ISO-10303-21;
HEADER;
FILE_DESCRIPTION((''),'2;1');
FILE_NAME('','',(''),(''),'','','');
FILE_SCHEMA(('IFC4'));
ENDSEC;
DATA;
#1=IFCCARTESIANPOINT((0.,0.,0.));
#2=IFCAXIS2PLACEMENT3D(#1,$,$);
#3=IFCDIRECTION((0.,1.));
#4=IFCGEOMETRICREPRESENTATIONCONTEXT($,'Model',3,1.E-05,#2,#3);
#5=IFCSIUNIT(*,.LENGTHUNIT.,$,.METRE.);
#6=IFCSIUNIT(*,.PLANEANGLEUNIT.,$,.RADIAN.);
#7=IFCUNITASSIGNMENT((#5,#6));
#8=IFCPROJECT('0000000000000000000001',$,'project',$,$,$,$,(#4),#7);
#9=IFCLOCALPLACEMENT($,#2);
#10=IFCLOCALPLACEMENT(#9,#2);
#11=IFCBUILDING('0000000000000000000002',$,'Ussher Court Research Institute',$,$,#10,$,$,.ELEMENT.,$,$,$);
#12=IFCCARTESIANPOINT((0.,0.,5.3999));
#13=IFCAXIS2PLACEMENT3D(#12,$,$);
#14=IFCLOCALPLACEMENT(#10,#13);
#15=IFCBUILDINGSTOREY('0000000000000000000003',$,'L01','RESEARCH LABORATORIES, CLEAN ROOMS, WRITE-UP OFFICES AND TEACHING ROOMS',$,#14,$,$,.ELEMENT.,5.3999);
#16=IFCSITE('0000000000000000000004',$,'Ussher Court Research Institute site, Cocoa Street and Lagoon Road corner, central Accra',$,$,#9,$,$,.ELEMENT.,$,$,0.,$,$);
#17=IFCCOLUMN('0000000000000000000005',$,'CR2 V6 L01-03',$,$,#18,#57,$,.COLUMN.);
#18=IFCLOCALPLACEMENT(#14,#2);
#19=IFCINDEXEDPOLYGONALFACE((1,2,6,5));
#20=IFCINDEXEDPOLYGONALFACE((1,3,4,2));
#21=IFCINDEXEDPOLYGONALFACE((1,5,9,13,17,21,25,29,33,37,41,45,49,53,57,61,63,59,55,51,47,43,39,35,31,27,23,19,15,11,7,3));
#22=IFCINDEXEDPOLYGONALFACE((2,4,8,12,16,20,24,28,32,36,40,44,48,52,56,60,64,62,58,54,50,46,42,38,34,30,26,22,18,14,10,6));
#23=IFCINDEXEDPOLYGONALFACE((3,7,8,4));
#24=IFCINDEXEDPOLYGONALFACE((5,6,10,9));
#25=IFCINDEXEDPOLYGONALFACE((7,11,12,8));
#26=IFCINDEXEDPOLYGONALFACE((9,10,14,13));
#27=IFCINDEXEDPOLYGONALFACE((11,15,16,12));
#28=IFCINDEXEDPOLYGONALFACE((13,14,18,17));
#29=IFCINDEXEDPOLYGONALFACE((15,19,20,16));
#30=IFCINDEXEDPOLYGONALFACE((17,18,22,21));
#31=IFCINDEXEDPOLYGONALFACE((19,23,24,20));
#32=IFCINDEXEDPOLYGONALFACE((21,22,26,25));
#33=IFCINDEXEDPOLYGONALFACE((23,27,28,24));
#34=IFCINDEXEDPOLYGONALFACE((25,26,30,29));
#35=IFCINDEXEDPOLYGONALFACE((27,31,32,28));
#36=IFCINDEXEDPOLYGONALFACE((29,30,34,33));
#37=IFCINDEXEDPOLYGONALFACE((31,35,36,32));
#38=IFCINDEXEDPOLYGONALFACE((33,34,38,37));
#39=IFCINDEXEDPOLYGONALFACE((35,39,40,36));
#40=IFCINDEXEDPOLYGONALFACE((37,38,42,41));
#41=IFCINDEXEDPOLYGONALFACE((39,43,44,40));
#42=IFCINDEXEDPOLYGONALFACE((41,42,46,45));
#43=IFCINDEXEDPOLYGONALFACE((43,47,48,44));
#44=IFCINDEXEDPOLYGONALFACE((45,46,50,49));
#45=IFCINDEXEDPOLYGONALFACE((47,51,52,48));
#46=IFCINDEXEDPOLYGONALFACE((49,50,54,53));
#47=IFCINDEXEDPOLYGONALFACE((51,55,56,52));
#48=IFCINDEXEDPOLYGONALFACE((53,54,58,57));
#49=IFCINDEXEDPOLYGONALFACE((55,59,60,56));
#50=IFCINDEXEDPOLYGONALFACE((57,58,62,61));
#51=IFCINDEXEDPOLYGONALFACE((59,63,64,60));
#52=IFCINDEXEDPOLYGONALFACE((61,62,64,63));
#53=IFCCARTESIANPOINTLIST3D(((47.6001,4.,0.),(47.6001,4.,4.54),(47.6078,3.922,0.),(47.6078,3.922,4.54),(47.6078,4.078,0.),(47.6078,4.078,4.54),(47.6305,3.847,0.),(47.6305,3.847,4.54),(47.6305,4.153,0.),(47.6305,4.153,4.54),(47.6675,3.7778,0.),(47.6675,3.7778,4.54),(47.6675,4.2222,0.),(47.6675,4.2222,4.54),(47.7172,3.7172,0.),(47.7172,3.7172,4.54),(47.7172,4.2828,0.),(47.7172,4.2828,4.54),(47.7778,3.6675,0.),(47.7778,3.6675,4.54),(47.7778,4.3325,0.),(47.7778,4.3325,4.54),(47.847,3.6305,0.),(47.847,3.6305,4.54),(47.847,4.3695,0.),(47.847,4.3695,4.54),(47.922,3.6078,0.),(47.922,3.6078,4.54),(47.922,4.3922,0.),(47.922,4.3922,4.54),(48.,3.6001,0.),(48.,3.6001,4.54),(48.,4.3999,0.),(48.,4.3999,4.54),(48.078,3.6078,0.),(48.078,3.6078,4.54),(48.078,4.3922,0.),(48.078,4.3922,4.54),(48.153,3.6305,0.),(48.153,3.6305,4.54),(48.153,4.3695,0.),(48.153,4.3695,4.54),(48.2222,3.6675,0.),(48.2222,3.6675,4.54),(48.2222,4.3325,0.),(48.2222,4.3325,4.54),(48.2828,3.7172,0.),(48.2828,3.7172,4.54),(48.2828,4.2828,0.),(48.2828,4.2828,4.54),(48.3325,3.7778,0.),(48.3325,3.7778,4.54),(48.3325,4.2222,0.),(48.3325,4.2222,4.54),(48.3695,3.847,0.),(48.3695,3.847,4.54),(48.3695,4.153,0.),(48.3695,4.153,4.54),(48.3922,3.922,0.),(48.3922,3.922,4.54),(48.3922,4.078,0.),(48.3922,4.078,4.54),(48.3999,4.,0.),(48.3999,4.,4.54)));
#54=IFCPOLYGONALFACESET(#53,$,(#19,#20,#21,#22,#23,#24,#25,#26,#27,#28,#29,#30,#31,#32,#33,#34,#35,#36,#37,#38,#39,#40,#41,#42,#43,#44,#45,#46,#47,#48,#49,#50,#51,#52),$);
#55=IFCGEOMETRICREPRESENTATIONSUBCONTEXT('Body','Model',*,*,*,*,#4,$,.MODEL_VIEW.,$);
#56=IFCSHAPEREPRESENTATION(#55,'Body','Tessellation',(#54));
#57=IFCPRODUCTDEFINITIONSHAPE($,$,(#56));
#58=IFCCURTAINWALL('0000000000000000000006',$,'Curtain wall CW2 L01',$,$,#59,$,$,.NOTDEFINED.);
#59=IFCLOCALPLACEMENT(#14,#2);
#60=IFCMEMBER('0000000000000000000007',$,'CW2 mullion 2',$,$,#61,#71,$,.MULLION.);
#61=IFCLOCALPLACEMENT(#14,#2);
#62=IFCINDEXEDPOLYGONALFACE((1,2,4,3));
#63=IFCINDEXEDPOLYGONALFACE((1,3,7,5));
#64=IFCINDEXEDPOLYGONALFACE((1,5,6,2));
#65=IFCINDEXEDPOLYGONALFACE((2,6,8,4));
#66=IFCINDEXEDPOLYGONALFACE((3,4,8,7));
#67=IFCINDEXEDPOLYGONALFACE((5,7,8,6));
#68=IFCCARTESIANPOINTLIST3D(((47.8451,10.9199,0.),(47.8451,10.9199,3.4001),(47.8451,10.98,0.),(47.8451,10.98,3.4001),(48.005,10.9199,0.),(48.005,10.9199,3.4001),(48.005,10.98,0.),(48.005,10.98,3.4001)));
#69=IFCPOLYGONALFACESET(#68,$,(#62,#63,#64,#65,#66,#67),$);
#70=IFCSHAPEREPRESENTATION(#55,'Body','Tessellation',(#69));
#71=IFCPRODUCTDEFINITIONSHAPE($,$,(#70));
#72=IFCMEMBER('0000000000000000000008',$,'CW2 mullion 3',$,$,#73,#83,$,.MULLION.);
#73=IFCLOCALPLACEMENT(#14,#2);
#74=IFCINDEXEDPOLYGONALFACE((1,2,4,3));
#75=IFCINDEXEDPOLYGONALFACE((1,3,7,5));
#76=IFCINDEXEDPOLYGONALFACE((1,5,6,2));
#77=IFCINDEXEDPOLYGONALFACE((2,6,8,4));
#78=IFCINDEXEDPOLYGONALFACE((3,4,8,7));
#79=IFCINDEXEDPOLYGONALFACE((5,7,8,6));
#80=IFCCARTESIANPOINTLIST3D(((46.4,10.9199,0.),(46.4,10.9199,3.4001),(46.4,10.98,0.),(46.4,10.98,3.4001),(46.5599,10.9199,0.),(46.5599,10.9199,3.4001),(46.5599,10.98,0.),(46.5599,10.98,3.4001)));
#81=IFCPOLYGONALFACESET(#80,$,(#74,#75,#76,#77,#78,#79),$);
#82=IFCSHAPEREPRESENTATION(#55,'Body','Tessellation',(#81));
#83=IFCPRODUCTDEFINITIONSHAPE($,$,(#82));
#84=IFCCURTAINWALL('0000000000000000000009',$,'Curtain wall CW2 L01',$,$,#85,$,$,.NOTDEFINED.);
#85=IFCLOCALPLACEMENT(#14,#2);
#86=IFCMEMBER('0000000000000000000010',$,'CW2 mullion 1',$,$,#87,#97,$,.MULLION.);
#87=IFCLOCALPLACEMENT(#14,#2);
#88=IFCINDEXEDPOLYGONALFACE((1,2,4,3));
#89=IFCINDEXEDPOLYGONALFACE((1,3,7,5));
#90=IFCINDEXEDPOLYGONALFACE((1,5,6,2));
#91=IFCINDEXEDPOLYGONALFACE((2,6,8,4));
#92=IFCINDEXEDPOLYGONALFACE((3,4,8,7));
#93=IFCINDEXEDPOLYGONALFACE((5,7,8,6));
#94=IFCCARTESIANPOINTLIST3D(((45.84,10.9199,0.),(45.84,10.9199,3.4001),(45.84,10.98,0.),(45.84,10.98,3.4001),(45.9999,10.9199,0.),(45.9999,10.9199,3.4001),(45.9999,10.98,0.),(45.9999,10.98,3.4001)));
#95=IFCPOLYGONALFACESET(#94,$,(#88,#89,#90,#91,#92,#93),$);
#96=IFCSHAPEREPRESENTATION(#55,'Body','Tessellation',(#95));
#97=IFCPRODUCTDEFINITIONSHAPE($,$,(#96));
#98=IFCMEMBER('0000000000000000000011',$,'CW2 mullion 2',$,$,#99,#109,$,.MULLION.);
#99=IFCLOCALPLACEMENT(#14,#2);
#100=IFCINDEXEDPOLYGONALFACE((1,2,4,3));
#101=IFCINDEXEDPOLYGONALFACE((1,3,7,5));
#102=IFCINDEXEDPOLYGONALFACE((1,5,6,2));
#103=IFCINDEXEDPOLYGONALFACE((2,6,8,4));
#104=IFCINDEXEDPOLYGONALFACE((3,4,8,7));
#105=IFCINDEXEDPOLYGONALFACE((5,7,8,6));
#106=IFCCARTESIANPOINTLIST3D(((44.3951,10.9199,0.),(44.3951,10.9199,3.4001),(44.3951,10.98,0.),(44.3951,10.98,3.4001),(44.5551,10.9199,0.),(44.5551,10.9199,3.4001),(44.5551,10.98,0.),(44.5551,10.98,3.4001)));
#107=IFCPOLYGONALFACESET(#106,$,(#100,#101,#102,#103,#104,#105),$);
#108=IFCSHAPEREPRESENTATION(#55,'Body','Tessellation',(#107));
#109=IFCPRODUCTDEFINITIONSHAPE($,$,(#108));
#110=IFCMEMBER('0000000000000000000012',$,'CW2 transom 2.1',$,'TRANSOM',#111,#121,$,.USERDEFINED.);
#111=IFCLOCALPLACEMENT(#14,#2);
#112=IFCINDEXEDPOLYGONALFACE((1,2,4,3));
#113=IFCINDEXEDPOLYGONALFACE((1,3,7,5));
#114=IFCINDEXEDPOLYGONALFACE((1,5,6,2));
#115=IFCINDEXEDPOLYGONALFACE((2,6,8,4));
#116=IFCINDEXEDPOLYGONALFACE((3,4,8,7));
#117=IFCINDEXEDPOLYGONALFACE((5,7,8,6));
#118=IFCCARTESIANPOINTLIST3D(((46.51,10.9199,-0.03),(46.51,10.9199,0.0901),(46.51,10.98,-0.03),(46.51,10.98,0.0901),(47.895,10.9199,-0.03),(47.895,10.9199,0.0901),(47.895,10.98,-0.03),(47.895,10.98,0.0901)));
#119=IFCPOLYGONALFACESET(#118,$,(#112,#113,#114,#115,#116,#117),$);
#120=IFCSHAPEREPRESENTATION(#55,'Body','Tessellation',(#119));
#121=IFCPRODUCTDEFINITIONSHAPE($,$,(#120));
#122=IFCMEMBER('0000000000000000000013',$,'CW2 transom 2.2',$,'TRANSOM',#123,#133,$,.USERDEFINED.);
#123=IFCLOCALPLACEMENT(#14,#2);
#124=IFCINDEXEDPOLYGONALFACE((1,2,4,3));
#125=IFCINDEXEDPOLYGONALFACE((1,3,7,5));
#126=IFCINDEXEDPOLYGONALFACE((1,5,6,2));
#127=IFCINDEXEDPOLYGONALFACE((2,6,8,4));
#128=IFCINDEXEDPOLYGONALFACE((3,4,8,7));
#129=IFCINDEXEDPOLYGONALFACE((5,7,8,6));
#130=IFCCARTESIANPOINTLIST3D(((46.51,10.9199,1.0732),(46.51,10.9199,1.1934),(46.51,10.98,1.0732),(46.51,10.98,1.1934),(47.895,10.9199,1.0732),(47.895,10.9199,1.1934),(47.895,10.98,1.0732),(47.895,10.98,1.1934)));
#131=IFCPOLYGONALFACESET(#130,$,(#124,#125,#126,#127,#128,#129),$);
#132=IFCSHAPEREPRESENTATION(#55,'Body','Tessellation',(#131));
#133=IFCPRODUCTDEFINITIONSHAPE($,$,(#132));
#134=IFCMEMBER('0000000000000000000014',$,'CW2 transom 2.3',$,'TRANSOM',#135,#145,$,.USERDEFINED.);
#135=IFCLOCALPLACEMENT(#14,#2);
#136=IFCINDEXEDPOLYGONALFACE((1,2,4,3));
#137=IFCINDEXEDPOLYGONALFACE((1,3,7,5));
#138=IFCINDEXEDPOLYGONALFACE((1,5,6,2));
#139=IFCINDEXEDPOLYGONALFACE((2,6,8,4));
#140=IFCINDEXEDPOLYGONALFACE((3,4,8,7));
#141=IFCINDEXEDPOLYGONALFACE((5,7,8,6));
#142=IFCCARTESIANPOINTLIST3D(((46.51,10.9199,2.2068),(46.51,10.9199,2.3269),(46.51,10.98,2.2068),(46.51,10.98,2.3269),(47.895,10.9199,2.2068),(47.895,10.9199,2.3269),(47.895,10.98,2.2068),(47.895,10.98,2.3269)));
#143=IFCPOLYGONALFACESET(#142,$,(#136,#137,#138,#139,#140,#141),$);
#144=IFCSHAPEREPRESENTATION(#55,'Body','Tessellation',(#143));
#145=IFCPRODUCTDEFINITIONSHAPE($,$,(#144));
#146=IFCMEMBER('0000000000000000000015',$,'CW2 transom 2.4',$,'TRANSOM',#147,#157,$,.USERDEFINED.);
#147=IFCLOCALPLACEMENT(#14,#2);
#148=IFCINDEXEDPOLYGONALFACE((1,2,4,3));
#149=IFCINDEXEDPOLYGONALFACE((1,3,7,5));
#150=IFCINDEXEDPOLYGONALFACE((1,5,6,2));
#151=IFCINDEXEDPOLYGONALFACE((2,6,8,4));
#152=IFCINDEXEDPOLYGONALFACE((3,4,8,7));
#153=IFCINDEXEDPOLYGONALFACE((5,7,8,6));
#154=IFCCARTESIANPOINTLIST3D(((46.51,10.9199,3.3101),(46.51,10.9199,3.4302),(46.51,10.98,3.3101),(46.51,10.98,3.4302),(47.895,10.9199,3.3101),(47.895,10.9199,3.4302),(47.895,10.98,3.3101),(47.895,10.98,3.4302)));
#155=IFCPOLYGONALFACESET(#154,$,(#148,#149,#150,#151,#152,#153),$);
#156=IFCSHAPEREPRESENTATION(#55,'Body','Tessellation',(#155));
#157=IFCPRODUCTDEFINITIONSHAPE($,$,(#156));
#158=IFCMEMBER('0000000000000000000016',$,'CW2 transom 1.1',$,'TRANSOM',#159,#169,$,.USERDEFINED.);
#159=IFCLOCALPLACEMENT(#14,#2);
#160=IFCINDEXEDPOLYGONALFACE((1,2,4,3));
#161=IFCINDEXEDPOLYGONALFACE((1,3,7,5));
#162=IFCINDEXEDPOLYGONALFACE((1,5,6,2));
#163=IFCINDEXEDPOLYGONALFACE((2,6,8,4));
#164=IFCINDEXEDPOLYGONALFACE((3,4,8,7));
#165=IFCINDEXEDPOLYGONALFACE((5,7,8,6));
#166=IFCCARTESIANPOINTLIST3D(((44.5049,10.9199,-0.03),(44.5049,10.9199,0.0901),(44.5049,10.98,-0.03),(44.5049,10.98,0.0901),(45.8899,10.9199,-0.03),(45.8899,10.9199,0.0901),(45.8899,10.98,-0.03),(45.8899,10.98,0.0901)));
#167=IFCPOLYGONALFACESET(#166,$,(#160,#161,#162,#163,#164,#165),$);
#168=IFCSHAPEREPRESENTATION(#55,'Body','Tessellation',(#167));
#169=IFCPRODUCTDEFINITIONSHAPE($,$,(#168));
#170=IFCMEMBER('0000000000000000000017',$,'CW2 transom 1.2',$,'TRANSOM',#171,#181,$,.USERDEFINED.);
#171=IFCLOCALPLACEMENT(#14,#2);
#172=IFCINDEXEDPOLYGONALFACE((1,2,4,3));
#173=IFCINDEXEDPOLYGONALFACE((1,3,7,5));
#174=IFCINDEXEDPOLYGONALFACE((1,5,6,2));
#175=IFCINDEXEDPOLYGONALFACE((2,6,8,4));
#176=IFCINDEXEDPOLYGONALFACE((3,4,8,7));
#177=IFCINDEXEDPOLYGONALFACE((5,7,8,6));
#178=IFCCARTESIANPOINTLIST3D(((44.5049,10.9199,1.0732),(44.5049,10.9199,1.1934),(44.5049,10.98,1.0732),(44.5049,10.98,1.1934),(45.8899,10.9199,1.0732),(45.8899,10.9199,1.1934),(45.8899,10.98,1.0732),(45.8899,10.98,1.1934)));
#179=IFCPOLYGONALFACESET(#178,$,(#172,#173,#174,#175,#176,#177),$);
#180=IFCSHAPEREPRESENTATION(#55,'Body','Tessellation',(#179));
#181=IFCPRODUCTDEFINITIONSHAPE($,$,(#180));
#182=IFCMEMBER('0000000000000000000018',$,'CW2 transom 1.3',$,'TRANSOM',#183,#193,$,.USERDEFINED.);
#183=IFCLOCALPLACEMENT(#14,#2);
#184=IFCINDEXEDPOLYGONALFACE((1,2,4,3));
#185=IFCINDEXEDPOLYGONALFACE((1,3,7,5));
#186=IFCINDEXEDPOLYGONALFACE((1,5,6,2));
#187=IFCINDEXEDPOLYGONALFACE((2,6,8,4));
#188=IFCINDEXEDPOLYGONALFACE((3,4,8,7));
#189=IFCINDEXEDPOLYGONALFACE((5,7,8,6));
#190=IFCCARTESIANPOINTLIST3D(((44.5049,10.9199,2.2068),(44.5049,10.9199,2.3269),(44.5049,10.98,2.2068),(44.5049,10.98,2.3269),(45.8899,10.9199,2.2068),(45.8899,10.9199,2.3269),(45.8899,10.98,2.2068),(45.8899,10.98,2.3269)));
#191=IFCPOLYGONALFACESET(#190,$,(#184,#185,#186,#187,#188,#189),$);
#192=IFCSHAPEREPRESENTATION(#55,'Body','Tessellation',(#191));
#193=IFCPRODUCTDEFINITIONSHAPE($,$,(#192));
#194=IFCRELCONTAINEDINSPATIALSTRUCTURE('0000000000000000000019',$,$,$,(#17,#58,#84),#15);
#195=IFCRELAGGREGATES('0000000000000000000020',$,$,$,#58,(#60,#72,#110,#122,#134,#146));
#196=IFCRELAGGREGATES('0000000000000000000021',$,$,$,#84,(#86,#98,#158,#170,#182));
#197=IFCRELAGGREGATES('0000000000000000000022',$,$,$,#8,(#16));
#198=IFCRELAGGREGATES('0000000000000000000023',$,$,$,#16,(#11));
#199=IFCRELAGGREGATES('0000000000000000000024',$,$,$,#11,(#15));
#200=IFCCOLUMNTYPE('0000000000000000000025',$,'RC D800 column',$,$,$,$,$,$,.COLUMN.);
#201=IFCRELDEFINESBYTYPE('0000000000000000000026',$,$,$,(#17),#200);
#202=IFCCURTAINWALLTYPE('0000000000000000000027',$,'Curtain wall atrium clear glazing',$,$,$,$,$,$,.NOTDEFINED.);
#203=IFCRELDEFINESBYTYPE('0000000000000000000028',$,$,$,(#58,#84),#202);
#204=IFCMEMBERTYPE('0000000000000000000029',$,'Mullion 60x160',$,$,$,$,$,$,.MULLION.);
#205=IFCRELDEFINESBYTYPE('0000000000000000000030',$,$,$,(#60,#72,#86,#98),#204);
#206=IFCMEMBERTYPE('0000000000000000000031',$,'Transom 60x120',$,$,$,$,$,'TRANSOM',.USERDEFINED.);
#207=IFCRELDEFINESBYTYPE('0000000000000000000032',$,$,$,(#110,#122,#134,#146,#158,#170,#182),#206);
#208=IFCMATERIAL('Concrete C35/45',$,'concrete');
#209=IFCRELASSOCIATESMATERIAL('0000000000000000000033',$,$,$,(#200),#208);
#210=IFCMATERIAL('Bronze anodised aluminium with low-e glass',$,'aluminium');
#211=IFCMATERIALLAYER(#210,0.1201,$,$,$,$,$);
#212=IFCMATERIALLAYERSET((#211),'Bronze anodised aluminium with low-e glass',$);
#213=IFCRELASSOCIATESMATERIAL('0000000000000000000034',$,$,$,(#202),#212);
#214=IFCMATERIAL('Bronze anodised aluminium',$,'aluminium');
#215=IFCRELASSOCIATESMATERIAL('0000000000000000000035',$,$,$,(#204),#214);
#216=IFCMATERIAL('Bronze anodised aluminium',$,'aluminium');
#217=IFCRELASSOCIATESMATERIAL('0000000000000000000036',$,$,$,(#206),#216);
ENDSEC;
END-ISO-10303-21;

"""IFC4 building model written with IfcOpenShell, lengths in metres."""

from ifc_helpers import new_model, si_unit, direction, frame, origin, origin_2d, place, context, subcontext, project, spatial, rectangle, circle, extrude, material, layer, layer_set, material_profile, profile_set, type_object, element, aggregate, save


model = new_model("IFC4")

# Units and contexts
model_context = context("Model", 3, precision=1e-05, world=origin(), true_north=direction((0.0, 1.0)))
body_context = subcontext(model_context, "Body", "Model", "MODEL_VIEW")
ifc_project = project(units=[si_unit("LENGTHUNIT", "METRE"), si_unit("PLANEANGLEUNIT", "RADIAN")], contexts=[model_context])

# Site, building, storey
site_placement = place(None, origin())
site = spatial("IfcSite", under=ifc_project, at=site_placement, Name="Ussher Court Research Institute site, Cocoa Street and Lagoon Road corner, central Accra", CompositionType="ELEMENT", RefElevation=0.0)
building_placement = place(site_placement, origin())
building = spatial("IfcBuilding", under=site, at=building_placement, Name="Ussher Court Research Institute", CompositionType="ELEMENT")
storey_placement = place(building_placement, frame((0.0, 0.0, 5.3999)))
storey = spatial("IfcBuildingStorey", under=building, at=storey_placement, Name="L01", Description="RESEARCH LABORATORIES, CLEAN ROOMS, WRITE-UP OFFICES AND TEACHING ROOMS", CompositionType="ELEMENT", Elevation=5.3999)

# Column
ifc_material_1 = material(Name="Concrete C35/45", Category="concrete")
ifc_material_profile_1 = material_profile(ifc_material_1, circle(Radius=0.3999, at=origin_2d()), Name="RC D800")
ifc_profile_set_1 = profile_set([ifc_material_profile_1], Name="Concrete C35/45")
column_type = type_object("IfcColumnType", Name="RC D800 column", PredefinedType="COLUMN", material=ifc_profile_set_1)
column_placement = place(storey_placement, frame((48.0, 4.0, 0.0), z_axis=(0.0, 0.0, 1.0), x_axis=(1.0, 0.0, 0.0)))
element("IfcColumn", 1, at=column_placement, inside=storey, type_object=column_type, Name="CR2 V6 L01-03", PredefinedType="COLUMN", context=body_context, shape_type="SweptSolid", body=[
    extrude(circle(Radius=0.3999, at=origin_2d()), origin(), (0.0, 0.0, 1.0), 4.54),
])

# Curtain walls, members
ifc_material_2 = material(Name="Bronze anodised aluminium with low-e glass", Category="aluminium")
ifc_layer_1 = layer(ifc_material_2, 0.1201)
ifc_layer_set_1 = layer_set([ifc_layer_1], Name="Bronze anodised aluminium with low-e glass")
curtain_wall_type = type_object("IfcCurtainWallType", Name="Curtain wall atrium clear glazing", PredefinedType="NOTDEFINED", material=ifc_layer_set_1)
curtain_wall_1_placement = place(storey_placement, origin())
curtain_wall_1 = element("IfcCurtainWall", 2, at=curtain_wall_1_placement, inside=storey, type_object=curtain_wall_type, Name="Curtain wall CW2 L01", PredefinedType="NOTDEFINED")
ifc_material_3 = material(Name="Bronze anodised aluminium", Category="aluminium")
ifc_material_profile_2 = material_profile(ifc_material_3, rectangle(XDim=0.0601, YDim=0.1599, at=origin_2d()), Name="Mullion 60x160")
ifc_profile_set_2 = profile_set([ifc_material_profile_2], Name="Bronze anodised aluminium")
member_type_1 = type_object("IfcMemberType", Name="Mullion 60x160", PredefinedType="MULLION", material=ifc_profile_set_2)
member_1_placement = place(storey_placement, frame((47.925, 10.95, 0.0), z_axis=(0.0, 0.0, 1.0), x_axis=(0.0, -1.0, 0.0)))
member_1 = element("IfcMember", 3, at=member_1_placement, type_object=member_type_1, Name="CW2 mullion 2", PredefinedType="MULLION", context=body_context, shape_type="SweptSolid", body=[
    extrude(rectangle(XDim=0.0601, YDim=0.1599, at=origin_2d()), origin(), (0.0, 0.0, 1.0), 3.4001),
])
member_2_placement = place(storey_placement, frame((46.48, 10.95, 0.0), z_axis=(0.0, 0.0, 1.0), x_axis=(0.0, -1.0, 0.0)))
member_2 = element("IfcMember", 4, at=member_2_placement, type_object=member_type_1, Name="CW2 mullion 3", PredefinedType="MULLION", context=body_context, shape_type="SweptSolid", body=[
    extrude(rectangle(XDim=0.0601, YDim=0.1599, at=origin_2d()), origin(), (0.0, 0.0, 1.0), 3.4001),
])
curtain_wall_2_placement = place(storey_placement, origin())
curtain_wall_2 = element("IfcCurtainWall", 5, at=curtain_wall_2_placement, inside=storey, type_object=curtain_wall_type, Name="Curtain wall CW2 L01", PredefinedType="NOTDEFINED")
member_3_placement = place(storey_placement, frame((45.9199, 10.95, 0.0), z_axis=(0.0, 0.0, 1.0), x_axis=(0.0, -1.0, 0.0)))
member_3 = element("IfcMember", 6, at=member_3_placement, type_object=member_type_1, Name="CW2 mullion 1", PredefinedType="MULLION", context=body_context, shape_type="SweptSolid", body=[
    extrude(rectangle(XDim=0.0601, YDim=0.1599, at=origin_2d()), origin(), (0.0, 0.0, 1.0), 3.4001),
])
member_4_placement = place(storey_placement, frame((44.4751, 10.95, 0.0), z_axis=(0.0, 0.0, 1.0), x_axis=(0.0, -1.0, 0.0)))
member_4 = element("IfcMember", 7, at=member_4_placement, type_object=member_type_1, Name="CW2 mullion 2", PredefinedType="MULLION", context=body_context, shape_type="SweptSolid", body=[
    extrude(rectangle(XDim=0.0601, YDim=0.1599, at=origin_2d()), origin(), (0.0, 0.0, 1.0), 3.4001),
])

# Members
ifc_material_4 = material(Name="Bronze anodised aluminium", Category="aluminium")
ifc_material_profile_3 = material_profile(ifc_material_4, rectangle(XDim=0.0601, YDim=0.1201, at=origin_2d()), Name="Transom 60x120")
ifc_profile_set_3 = profile_set([ifc_material_profile_3], Name="Bronze anodised aluminium")
member_type_2 = type_object("IfcMemberType", Name="Transom 60x120", ElementType="TRANSOM", PredefinedType="USERDEFINED", material=ifc_profile_set_3)
member_5_placement = place(storey_placement, frame((47.895, 10.95, 0.03), z_axis=(-1.0, 0.0, 0.0), x_axis=(0.0, -1.0, 0.0)))
member_5 = element("IfcMember", 8, at=member_5_placement, type_object=member_type_2, Name="CW2 transom 2.1", ObjectType="TRANSOM", PredefinedType="USERDEFINED", context=body_context, shape_type="SweptSolid", body=[
    extrude(rectangle(XDim=0.0601, YDim=0.1201, at=origin_2d()), origin(), (0.0, 0.0, 1.0), 1.385),
])
member_6_placement = place(storey_placement, frame((47.895, 10.95, 1.1333), z_axis=(-1.0, 0.0, 0.0), x_axis=(0.0, -1.0, 0.0)))
member_6 = element("IfcMember", 9, at=member_6_placement, type_object=member_type_2, Name="CW2 transom 2.2", ObjectType="TRANSOM", PredefinedType="USERDEFINED", context=body_context, shape_type="SweptSolid", body=[
    extrude(rectangle(XDim=0.0601, YDim=0.1201, at=origin_2d()), origin(), (0.0, 0.0, 1.0), 1.385),
])
member_7_placement = place(storey_placement, frame((47.895, 10.95, 2.2668), z_axis=(-1.0, 0.0, 0.0), x_axis=(0.0, -1.0, 0.0)))
member_7 = element("IfcMember", 10, at=member_7_placement, type_object=member_type_2, Name="CW2 transom 2.3", ObjectType="TRANSOM", PredefinedType="USERDEFINED", context=body_context, shape_type="SweptSolid", body=[
    extrude(rectangle(XDim=0.0601, YDim=0.1201, at=origin_2d()), origin(), (0.0, 0.0, 1.0), 1.385),
])
member_8_placement = place(storey_placement, frame((47.895, 10.95, 3.3701), z_axis=(-1.0, 0.0, 0.0), x_axis=(0.0, -1.0, 0.0)))
member_8 = element("IfcMember", 11, at=member_8_placement, type_object=member_type_2, Name="CW2 transom 2.4", ObjectType="TRANSOM", PredefinedType="USERDEFINED", context=body_context, shape_type="SweptSolid", body=[
    extrude(rectangle(XDim=0.0601, YDim=0.1201, at=origin_2d()), origin(), (0.0, 0.0, 1.0), 1.385),
])
member_9_placement = place(storey_placement, frame((45.8899, 10.95, 0.03), z_axis=(-1.0, 0.0, 0.0), x_axis=(0.0, -1.0, 0.0)))
member_9 = element("IfcMember", 12, at=member_9_placement, type_object=member_type_2, Name="CW2 transom 1.1", ObjectType="TRANSOM", PredefinedType="USERDEFINED", context=body_context, shape_type="SweptSolid", body=[
    extrude(rectangle(XDim=0.0601, YDim=0.1201, at=origin_2d()), origin(), (0.0, 0.0, 1.0), 1.385),
])
member_10_placement = place(storey_placement, frame((45.8899, 10.95, 1.1333), z_axis=(-1.0, 0.0, 0.0), x_axis=(0.0, -1.0, 0.0)))
member_10 = element("IfcMember", 13, at=member_10_placement, type_object=member_type_2, Name="CW2 transom 1.2", ObjectType="TRANSOM", PredefinedType="USERDEFINED", context=body_context, shape_type="SweptSolid", body=[
    extrude(rectangle(XDim=0.0601, YDim=0.1201, at=origin_2d()), origin(), (0.0, 0.0, 1.0), 1.385),
])
member_11_placement = place(storey_placement, frame((45.8899, 10.95, 2.2668), z_axis=(-1.0, 0.0, 0.0), x_axis=(0.0, -1.0, 0.0)))
member_11 = element("IfcMember", 14, at=member_11_placement, type_object=member_type_2, Name="CW2 transom 1.3", ObjectType="TRANSOM", PredefinedType="USERDEFINED", context=body_context, shape_type="SweptSolid", body=[
    extrude(rectangle(XDim=0.0601, YDim=0.1201, at=origin_2d()), origin(), (0.0, 0.0, 1.0), 1.385),
])

aggregate(curtain_wall_1, [member_1, member_2, member_5, member_6, member_7, member_8])
aggregate(curtain_wall_2, [member_3, member_4, member_9, member_10, member_11])

save(model, "model.ifc")
